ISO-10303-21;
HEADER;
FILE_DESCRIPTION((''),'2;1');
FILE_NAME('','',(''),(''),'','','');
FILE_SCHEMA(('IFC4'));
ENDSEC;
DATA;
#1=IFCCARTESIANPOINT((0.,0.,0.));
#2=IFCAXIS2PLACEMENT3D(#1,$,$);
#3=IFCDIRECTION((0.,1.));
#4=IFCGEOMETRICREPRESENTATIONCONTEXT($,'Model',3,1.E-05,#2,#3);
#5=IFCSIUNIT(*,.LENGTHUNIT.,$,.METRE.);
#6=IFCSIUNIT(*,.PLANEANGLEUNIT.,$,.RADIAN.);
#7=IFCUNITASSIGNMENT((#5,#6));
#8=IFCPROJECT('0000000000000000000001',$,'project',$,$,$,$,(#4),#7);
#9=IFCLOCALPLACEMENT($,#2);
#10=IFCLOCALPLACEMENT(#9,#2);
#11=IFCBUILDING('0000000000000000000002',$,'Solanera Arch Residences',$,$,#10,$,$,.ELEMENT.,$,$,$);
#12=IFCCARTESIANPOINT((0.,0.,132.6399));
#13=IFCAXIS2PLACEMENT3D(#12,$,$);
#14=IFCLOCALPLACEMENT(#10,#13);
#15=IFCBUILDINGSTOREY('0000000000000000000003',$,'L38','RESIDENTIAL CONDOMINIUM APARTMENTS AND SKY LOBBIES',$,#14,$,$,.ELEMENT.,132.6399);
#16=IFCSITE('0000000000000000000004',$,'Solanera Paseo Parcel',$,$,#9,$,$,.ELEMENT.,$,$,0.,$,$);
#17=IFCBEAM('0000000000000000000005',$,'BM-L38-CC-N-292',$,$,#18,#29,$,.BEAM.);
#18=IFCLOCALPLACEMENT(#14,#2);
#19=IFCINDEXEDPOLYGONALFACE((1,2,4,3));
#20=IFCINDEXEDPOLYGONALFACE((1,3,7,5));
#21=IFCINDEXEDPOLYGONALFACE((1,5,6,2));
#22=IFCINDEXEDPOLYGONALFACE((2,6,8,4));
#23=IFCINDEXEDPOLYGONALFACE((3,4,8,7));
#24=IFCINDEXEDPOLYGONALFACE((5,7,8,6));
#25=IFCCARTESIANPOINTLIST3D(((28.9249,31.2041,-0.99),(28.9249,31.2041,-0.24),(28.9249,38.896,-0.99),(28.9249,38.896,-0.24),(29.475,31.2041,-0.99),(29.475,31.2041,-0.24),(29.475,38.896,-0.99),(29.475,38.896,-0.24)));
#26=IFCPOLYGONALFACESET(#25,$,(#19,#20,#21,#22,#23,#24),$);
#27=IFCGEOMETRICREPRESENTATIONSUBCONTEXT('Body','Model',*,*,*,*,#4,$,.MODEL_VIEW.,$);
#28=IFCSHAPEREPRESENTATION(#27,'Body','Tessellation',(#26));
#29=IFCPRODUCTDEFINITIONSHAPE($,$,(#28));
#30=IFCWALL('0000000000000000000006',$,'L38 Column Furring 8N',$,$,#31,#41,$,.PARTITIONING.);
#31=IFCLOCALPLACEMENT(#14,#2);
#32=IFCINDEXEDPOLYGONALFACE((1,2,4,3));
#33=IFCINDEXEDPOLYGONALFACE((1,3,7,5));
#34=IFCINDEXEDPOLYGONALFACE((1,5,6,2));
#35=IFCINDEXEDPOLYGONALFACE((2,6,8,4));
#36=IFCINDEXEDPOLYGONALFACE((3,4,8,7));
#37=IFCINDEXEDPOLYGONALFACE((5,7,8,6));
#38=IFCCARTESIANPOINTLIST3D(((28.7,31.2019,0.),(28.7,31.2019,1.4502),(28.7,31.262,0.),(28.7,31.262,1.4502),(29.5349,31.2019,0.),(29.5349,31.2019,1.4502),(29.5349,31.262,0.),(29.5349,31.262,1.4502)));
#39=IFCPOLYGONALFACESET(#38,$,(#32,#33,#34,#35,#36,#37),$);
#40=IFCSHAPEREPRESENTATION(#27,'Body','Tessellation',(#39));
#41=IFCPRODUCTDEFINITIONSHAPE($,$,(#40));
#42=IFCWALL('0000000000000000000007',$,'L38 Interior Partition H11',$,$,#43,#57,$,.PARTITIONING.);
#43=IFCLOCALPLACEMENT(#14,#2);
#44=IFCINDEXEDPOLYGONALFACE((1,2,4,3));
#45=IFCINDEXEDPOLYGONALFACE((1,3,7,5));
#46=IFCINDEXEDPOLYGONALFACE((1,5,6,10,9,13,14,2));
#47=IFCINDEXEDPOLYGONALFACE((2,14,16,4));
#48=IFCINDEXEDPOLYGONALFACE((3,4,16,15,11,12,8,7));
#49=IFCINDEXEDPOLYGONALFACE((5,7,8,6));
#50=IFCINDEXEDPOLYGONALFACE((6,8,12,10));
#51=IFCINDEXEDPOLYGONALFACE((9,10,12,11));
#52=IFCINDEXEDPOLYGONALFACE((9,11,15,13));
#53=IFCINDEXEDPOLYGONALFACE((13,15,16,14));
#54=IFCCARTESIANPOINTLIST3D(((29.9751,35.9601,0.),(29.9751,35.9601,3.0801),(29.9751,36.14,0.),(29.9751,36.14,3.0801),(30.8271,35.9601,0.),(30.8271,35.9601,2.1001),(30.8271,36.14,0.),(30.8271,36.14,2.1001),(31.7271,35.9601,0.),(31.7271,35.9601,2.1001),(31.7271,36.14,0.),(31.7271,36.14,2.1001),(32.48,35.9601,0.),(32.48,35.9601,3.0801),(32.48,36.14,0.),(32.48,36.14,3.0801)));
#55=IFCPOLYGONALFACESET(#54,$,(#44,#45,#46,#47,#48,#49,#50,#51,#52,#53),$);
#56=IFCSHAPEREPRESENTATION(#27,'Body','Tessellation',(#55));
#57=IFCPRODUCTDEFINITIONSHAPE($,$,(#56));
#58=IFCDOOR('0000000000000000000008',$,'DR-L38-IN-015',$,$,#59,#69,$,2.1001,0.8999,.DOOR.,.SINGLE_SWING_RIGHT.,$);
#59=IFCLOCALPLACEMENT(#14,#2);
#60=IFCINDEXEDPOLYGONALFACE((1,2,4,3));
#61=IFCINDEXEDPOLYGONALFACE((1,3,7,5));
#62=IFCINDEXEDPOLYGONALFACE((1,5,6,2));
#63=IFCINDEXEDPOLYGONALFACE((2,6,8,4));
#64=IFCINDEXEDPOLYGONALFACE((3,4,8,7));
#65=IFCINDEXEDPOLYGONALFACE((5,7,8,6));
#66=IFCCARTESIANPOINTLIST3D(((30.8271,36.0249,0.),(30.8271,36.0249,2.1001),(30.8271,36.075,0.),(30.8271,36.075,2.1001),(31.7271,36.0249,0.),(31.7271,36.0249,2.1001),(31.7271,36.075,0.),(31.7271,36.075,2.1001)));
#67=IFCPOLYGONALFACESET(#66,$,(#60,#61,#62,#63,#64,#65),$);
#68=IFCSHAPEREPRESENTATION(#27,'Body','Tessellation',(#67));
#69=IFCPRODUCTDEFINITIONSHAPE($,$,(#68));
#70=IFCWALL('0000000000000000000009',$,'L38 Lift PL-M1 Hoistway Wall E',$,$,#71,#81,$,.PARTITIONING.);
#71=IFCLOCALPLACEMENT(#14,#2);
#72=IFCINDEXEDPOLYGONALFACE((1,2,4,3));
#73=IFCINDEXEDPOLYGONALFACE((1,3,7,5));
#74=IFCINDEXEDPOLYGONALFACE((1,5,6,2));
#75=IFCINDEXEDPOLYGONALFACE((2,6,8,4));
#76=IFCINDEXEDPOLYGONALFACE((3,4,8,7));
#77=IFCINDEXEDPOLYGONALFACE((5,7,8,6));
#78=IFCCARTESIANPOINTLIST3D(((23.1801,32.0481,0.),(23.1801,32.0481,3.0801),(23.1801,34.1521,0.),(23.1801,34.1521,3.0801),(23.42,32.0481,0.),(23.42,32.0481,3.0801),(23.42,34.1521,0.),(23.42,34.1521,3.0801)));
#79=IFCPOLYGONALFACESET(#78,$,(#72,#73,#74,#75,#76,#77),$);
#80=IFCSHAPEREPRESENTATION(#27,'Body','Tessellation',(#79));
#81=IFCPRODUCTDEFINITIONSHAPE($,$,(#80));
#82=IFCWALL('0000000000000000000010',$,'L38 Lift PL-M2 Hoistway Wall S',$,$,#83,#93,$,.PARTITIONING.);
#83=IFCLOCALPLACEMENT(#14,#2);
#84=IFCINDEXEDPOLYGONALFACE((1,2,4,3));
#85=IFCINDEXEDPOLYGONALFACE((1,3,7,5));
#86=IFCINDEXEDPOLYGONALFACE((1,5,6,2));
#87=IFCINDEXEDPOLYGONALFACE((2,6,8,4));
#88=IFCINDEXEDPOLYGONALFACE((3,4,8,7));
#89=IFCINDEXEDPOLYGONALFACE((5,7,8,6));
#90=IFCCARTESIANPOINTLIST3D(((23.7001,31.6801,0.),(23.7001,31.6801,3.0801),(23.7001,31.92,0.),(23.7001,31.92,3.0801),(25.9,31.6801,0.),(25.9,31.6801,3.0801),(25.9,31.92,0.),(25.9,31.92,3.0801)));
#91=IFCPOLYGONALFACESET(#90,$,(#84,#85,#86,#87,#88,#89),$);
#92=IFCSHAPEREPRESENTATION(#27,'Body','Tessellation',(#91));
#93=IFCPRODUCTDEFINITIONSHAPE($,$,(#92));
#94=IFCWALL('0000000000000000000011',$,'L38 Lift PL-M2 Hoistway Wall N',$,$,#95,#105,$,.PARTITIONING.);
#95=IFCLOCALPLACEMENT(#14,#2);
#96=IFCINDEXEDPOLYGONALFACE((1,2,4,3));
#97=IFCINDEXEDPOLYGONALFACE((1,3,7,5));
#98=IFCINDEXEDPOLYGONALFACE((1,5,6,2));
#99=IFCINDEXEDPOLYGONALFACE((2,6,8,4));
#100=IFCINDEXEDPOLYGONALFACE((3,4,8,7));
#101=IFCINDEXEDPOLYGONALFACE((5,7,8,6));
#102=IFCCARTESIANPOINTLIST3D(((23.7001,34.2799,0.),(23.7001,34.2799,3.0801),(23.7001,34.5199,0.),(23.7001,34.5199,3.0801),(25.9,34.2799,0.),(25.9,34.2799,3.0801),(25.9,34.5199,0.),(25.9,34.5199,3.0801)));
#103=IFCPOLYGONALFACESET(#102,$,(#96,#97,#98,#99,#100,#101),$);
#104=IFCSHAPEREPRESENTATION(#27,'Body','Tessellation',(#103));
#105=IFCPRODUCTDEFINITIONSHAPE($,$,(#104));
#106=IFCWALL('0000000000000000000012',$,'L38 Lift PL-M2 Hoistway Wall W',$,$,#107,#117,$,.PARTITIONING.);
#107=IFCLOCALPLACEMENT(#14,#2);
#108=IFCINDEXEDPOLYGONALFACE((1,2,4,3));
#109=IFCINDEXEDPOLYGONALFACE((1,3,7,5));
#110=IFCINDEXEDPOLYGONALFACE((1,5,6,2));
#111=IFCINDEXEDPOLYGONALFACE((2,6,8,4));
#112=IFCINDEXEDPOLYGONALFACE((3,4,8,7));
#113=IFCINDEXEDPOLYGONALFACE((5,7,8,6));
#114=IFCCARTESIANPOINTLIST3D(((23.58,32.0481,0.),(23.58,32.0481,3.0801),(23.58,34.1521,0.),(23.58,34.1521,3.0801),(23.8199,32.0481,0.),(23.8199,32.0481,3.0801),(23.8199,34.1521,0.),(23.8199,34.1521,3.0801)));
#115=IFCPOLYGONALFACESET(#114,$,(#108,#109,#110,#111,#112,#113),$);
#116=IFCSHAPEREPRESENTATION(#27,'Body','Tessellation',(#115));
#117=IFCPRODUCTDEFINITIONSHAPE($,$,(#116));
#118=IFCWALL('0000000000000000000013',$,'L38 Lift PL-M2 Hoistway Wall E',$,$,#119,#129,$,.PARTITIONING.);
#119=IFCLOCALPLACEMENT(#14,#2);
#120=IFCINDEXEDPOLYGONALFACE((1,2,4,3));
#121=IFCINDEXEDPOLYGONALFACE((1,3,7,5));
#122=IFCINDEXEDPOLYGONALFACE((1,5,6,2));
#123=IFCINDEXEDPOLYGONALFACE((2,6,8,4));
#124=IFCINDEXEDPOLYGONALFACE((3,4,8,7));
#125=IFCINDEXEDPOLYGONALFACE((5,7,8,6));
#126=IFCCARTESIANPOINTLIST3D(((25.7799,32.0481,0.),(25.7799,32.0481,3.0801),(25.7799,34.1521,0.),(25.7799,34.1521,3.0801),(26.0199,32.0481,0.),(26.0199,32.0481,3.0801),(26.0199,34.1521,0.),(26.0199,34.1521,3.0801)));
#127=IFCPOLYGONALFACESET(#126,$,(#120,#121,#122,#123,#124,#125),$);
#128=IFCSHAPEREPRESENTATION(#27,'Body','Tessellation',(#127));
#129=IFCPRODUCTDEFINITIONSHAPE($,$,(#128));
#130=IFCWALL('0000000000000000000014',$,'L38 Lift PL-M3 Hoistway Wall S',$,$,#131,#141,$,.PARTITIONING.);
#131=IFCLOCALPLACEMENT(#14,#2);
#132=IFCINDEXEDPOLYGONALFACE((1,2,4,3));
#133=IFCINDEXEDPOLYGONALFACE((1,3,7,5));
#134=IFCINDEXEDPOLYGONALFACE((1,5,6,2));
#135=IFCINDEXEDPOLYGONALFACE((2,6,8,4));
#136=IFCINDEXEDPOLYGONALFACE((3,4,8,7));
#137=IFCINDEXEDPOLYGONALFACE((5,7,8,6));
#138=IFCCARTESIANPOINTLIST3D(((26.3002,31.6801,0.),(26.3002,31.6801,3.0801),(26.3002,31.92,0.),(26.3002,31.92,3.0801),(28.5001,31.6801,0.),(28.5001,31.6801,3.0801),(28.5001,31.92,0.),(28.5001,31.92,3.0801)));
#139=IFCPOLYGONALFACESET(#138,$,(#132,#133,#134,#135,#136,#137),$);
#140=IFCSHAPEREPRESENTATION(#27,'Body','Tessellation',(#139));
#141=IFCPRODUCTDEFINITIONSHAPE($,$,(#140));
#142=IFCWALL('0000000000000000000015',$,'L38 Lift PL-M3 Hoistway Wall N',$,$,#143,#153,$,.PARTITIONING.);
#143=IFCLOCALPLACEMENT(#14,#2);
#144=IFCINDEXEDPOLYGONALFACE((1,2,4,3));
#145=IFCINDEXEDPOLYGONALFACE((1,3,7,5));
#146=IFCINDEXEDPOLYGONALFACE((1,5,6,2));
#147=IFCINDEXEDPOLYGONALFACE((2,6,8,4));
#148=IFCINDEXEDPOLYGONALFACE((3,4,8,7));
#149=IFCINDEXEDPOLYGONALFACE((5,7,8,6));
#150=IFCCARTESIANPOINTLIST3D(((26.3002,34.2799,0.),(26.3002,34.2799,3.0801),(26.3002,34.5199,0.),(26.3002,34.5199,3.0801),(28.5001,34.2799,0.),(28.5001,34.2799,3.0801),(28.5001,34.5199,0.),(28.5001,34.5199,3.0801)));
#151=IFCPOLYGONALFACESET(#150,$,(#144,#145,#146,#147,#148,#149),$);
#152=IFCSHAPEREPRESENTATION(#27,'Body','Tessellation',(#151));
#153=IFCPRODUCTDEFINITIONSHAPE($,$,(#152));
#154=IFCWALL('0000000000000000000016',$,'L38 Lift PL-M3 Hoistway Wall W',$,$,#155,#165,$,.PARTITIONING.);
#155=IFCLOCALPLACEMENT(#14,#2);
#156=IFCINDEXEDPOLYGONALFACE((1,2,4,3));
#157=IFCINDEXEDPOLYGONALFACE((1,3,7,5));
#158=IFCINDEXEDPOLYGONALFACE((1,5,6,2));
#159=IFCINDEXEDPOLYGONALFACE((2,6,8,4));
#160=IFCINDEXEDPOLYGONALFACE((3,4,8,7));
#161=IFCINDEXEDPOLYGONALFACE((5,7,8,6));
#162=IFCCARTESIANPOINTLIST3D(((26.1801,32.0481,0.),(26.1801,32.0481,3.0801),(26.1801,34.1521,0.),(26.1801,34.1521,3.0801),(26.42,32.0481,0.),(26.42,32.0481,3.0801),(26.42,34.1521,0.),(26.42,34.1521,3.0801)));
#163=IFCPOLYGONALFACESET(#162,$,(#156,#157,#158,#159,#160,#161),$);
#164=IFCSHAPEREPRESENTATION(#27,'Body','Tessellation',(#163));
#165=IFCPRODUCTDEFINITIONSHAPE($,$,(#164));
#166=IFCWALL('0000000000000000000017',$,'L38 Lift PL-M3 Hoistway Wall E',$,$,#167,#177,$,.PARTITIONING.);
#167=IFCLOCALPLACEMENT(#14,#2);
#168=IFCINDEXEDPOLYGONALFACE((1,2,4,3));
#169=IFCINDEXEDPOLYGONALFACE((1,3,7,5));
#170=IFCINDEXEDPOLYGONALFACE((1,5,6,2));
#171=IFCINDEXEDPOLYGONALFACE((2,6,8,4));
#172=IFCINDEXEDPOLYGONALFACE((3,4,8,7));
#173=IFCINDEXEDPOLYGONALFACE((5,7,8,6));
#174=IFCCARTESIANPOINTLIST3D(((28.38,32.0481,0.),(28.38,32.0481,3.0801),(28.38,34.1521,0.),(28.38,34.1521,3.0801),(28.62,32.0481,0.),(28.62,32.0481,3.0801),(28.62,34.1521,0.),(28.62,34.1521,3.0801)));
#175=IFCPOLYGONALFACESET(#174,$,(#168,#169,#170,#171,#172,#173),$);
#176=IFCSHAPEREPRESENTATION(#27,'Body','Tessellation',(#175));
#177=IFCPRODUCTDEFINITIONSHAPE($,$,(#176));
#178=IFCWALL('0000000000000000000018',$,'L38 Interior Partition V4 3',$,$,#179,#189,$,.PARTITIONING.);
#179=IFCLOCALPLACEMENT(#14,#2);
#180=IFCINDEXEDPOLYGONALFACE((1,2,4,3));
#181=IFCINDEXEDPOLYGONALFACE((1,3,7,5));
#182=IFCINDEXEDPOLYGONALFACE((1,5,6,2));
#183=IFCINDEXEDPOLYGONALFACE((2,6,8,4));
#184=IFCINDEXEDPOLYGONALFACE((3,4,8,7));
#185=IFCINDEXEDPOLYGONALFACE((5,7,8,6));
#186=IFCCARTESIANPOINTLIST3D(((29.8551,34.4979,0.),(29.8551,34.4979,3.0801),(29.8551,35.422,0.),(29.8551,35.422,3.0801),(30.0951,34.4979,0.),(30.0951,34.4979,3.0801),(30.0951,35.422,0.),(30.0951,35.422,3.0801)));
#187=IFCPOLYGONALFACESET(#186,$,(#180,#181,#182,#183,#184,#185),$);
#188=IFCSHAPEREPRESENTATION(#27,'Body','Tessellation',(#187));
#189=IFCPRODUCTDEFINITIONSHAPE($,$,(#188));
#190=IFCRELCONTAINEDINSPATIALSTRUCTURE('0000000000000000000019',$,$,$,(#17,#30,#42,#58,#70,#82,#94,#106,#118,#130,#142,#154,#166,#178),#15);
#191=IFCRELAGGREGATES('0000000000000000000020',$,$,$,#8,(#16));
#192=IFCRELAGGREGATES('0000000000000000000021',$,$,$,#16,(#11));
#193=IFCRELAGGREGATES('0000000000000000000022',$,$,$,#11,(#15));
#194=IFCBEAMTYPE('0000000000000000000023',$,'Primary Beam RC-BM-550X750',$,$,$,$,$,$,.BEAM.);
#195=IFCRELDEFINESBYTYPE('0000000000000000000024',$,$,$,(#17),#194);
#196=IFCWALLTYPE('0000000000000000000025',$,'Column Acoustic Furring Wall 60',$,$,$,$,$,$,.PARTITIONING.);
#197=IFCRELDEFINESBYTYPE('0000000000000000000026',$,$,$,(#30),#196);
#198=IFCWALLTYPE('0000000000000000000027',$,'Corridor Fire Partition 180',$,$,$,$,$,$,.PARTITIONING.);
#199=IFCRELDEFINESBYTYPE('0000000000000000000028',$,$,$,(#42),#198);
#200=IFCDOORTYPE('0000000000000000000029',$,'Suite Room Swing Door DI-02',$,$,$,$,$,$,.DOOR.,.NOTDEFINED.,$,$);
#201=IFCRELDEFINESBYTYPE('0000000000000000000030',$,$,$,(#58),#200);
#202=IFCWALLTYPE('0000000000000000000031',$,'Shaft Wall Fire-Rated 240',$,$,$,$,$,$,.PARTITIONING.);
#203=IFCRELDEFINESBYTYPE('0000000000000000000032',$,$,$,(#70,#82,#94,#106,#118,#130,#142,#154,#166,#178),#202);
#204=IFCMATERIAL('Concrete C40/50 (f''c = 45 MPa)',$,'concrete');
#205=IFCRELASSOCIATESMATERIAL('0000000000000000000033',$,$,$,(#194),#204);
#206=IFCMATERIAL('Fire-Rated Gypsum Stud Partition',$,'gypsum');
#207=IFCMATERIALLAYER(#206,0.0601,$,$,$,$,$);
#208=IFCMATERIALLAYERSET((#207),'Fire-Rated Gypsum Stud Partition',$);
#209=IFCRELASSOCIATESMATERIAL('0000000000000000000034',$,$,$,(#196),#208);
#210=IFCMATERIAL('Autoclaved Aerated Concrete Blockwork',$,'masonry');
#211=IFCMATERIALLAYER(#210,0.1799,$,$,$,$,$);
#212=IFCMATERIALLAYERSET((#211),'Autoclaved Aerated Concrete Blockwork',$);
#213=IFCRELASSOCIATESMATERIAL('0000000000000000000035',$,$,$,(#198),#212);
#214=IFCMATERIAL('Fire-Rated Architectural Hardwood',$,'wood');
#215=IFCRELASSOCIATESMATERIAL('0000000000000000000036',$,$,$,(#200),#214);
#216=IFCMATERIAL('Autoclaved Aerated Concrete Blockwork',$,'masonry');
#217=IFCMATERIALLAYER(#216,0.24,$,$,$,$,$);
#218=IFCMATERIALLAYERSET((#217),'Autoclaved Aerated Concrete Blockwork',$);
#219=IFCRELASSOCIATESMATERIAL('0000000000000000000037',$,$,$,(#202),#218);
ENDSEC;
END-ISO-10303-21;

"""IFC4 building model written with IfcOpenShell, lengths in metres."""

from ifc_helpers import new_model, si_unit, direction, frame, frame_2d, origin, origin_2d, place, context, subcontext, project, spatial, rectangle, extrude, material, layer, layer_set, material_profile, profile_set, type_object, element, fill, save


model = new_model("IFC4")

# Units and contexts
model_context = context("Model", 3, precision=1e-05, world=origin(), true_north=direction((0.0, 1.0)))
body_context = subcontext(model_context, "Body", "Model", "MODEL_VIEW")
ifc_project = project(units=[si_unit("LENGTHUNIT", "METRE"), si_unit("PLANEANGLEUNIT", "RADIAN")], contexts=[model_context])

# Site, building, storey
site_placement = place(None, origin())
site = spatial("IfcSite", under=ifc_project, at=site_placement, Name="Solanera Paseo Parcel", CompositionType="ELEMENT", RefElevation=0.0)
building_placement = place(site_placement, origin())
building = spatial("IfcBuilding", under=site, at=building_placement, Name="Solanera Arch Residences", CompositionType="ELEMENT")
storey_placement = place(building_placement, frame((0.0, 0.0, 132.6399)))
storey = spatial("IfcBuildingStorey", under=building, at=storey_placement, Name="L38", Description="RESIDENTIAL CONDOMINIUM APARTMENTS AND SKY LOBBIES", CompositionType="ELEMENT", Elevation=132.6399)

# Beam
ifc_material_1 = material(Name="Concrete C40/50 (f'c = 45 MPa)", Category="concrete")
ifc_material_profile = material_profile(ifc_material_1, rectangle(XDim=0.55, YDim=0.75, at=origin_2d()))
ifc_profile_set = profile_set([ifc_material_profile], Name="Concrete C40/50 (f'c = 45 MPa)")
beam_type = type_object("IfcBeamType", Name="Primary Beam RC-BM-550X750", PredefinedType="BEAM", material=ifc_profile_set)
beam_placement = place(storey_placement, frame((29.2, 31.2041, -0.615), z_axis=(0.0, 1.0, 0.0), x_axis=(-1.0, 0.0, 0.0)))
element("IfcBeam", 1, at=beam_placement, inside=storey, type_object=beam_type, Name="BM-L38-CC-N-292", PredefinedType="BEAM", context=body_context, shape_type="SweptSolid", body=[
    extrude(rectangle(XDim=0.55, YDim=0.75, at=origin_2d()), origin(), (0.0, 0.0, 1.0), 7.6919),
])

# Wall
ifc_material_2 = material(Name="Fire-Rated Gypsum Stud Partition", Category="gypsum")
ifc_layer_1 = layer(ifc_material_2, 0.0601)
ifc_layer_set_1 = layer_set([ifc_layer_1], Name="Fire-Rated Gypsum Stud Partition")
wall_type_1 = type_object("IfcWallType", Name="Column Acoustic Furring Wall 60", PredefinedType="PARTITIONING", material=ifc_layer_set_1)
wall_1_placement = place(storey_placement, frame((28.7, 31.2319, 0.0), z_axis=(0.0, 0.0, 1.0), x_axis=(1.0, 0.0, 0.0)))
element("IfcWall", 2, at=wall_1_placement, inside=storey, type_object=wall_type_1, Name="L38 Column Furring 8N", PredefinedType="PARTITIONING", context=body_context, shape_type="SweptSolid", body=[
    extrude(rectangle(XDim=0.835, YDim=0.0601, at=frame_2d((0.4175, 0.0))), origin(), (0.0, 0.0, 1.0), 1.4502),
])

# Wall, opening, door
ifc_material_3 = material(Name="Autoclaved Aerated Concrete Blockwork", Category="masonry")
ifc_layer_2 = layer(ifc_material_3, 0.1799)
ifc_layer_set_2 = layer_set([ifc_layer_2], Name="Autoclaved Aerated Concrete Blockwork")
wall_type_2 = type_object("IfcWallType", Name="Corridor Fire Partition 180", PredefinedType="PARTITIONING", material=ifc_layer_set_2)
wall_2_placement = place(storey_placement, frame((29.9751, 36.05, 0.0), z_axis=(0.0, 0.0, 1.0), x_axis=(1.0, 0.0, 0.0)))
wall_2 = element("IfcWall", 3, at=wall_2_placement, inside=storey, type_object=wall_type_2, Name="L38 Interior Partition H11", PredefinedType="PARTITIONING", context=body_context, shape_type="SweptSolid", body=[
    extrude(rectangle(XDim=2.5049, YDim=0.1799, at=frame_2d((1.2524, 0.0))), origin(), (0.0, 0.0, 1.0), 3.0801),
])
opening_1_placement = place(wall_2_placement, frame((0.8521, 0.0, 0.0)))
opening_1 = element("IfcOpeningElement", 4, at=opening_1_placement, cuts=wall_2, PredefinedType="OPENING", context=body_context, shape_type="SweptSolid", body=[
    extrude(rectangle(XDim=0.8999, YDim=2.1001, at=frame_2d((0.45, 1.05))), frame((0.0, 0.1001, 0.0), z_axis=(0.0, -1.0, 0.0), x_axis=(1.0, 0.0, 0.0)), (0.0, 0.0, 1.0), 0.1999),
])
ifc_material_4 = material(Name="Fire-Rated Architectural Hardwood", Category="wood")
door_type_1 = type_object("IfcDoorType", Name="Suite Room Swing Door DI-02", OperationType="NOTDEFINED", PredefinedType="DOOR", material=ifc_material_4)
door_1_placement = place(opening_1_placement, origin())
door_1 = element("IfcDoor", 5, at=door_1_placement, inside=storey, type_object=door_type_1, Name="DR-L38-IN-015", OperationType="SINGLE_SWING_RIGHT", OverallHeight=2.1001, OverallWidth=0.8999, PredefinedType="DOOR", context=body_context, shape_type="SweptSolid", body=[
    extrude(rectangle(XDim=0.8999, YDim=2.1001, at=frame_2d((0.45, 1.05))), frame((0.0, 0.0249, 0.0), z_axis=(0.0, -1.0, 0.0), x_axis=(1.0, 0.0, 0.0)), (0.0, 0.0, 1.0), 0.05),
])
fill(opening_1, door_1)

# Walls
ifc_material_5 = material(Name="Autoclaved Aerated Concrete Blockwork", Category="masonry")
ifc_layer_3 = layer(ifc_material_5, 0.24)
ifc_layer_set_3 = layer_set([ifc_layer_3], Name="Autoclaved Aerated Concrete Blockwork")
wall_type_3 = type_object("IfcWallType", Name="Shaft Wall Fire-Rated 240", PredefinedType="PARTITIONING", material=ifc_layer_set_3)
wall_3_placement = place(storey_placement, frame((23.3, 32.0481, 0.0), z_axis=(0.0, 0.0, 1.0), x_axis=(0.0, 1.0, 0.0)))
element("IfcWall", 6, at=wall_3_placement, inside=storey, type_object=wall_type_3, Name="L38 Lift PL-M1 Hoistway Wall E", PredefinedType="PARTITIONING", context=body_context, shape_type="SweptSolid", body=[
    extrude(rectangle(XDim=2.104, YDim=0.24, at=frame_2d((1.052, 0.0))), origin(), (0.0, 0.0, 1.0), 3.0801),
])
for number, where, z_axis, x_axis, name in (
    (7, (23.7, 31.8, 0.0), (0.0, 0.0, 1.0), (1.0, 0.0, 0.0), "L38 Lift PL-M2 Hoistway Wall S"),
    (8, (23.7, 34.3999, 0.0), (0.0, 0.0, 1.0), (1.0, 0.0, 0.0), "L38 Lift PL-M2 Hoistway Wall N"),
):
    element("IfcWall", number, at=place(storey_placement, frame(where, z_axis=z_axis, x_axis=x_axis)), inside=storey, type_object=wall_type_3, Name=name, PredefinedType="PARTITIONING", context=body_context, shape_type="SweptSolid", body=[
        extrude(rectangle(XDim=2.2, YDim=0.24, at=frame_2d((1.1001, 0.0))), origin(), (0.0, 0.0, 1.0), 3.0801),
    ])
for number, where, z_axis, x_axis, name in (
    (9, (23.7, 32.0481, 0.0), (0.0, 0.0, 1.0), (0.0, 1.0, 0.0), "L38 Lift PL-M2 Hoistway Wall W"),
    (10, (25.8999, 32.0481, 0.0), (0.0, 0.0, 1.0), (0.0, 1.0, 0.0), "L38 Lift PL-M2 Hoistway Wall E"),
):
    element("IfcWall", number, at=place(storey_placement, frame(where, z_axis=z_axis, x_axis=x_axis)), inside=storey, type_object=wall_type_3, Name=name, PredefinedType="PARTITIONING", context=body_context, shape_type="SweptSolid", body=[
        extrude(rectangle(XDim=2.104, YDim=0.24, at=frame_2d((1.052, 0.0))), origin(), (0.0, 0.0, 1.0), 3.0801),
    ])
for number, where, z_axis, x_axis, name in (
    (11, (26.3, 31.8, 0.0), (0.0, 0.0, 1.0), (1.0, 0.0, 0.0), "L38 Lift PL-M3 Hoistway Wall S"),
    (12, (26.3, 34.3999, 0.0), (0.0, 0.0, 1.0), (1.0, 0.0, 0.0), "L38 Lift PL-M3 Hoistway Wall N"),
):
    element("IfcWall", number, at=place(storey_placement, frame(where, z_axis=z_axis, x_axis=x_axis)), inside=storey, type_object=wall_type_3, Name=name, PredefinedType="PARTITIONING", context=body_context, shape_type="SweptSolid", body=[
        extrude(rectangle(XDim=2.2, YDim=0.24, at=frame_2d((1.1001, 0.0))), origin(), (0.0, 0.0, 1.0), 3.0801),
    ])
for number, where, z_axis, x_axis, name in (
    (13, (26.3, 32.0481, 0.0), (0.0, 0.0, 1.0), (0.0, 1.0, 0.0), "L38 Lift PL-M3 Hoistway Wall W"),
    (14, (28.5, 32.0481, 0.0), (0.0, 0.0, 1.0), (0.0, 1.0, 0.0), "L38 Lift PL-M3 Hoistway Wall E"),
):
    element("IfcWall", number, at=place(storey_placement, frame(where, z_axis=z_axis, x_axis=x_axis)), inside=storey, type_object=wall_type_3, Name=name, PredefinedType="PARTITIONING", context=body_context, shape_type="SweptSolid", body=[
        extrude(rectangle(XDim=2.104, YDim=0.24, at=frame_2d((1.052, 0.0))), origin(), (0.0, 0.0, 1.0), 3.0801),
    ])

# Wall
wall_4_placement = place(storey_placement, frame((29.9751, 34.498, 0.0), z_axis=(0.0, 0.0, 1.0), x_axis=(0.0, 1.0, 0.0)))
element("IfcWall", 15, at=wall_4_placement, inside=storey, type_object=wall_type_3, Name="L38 Interior Partition V4 3", PredefinedType="PARTITIONING", context=body_context, shape_type="SweptSolid", body=[
    extrude(rectangle(XDim=0.9241, YDim=0.24, at=frame_2d((0.4619, 0.0))), origin(), (0.0, 0.0, 1.0), 3.0801),
])

save(model, "model.ifc")
